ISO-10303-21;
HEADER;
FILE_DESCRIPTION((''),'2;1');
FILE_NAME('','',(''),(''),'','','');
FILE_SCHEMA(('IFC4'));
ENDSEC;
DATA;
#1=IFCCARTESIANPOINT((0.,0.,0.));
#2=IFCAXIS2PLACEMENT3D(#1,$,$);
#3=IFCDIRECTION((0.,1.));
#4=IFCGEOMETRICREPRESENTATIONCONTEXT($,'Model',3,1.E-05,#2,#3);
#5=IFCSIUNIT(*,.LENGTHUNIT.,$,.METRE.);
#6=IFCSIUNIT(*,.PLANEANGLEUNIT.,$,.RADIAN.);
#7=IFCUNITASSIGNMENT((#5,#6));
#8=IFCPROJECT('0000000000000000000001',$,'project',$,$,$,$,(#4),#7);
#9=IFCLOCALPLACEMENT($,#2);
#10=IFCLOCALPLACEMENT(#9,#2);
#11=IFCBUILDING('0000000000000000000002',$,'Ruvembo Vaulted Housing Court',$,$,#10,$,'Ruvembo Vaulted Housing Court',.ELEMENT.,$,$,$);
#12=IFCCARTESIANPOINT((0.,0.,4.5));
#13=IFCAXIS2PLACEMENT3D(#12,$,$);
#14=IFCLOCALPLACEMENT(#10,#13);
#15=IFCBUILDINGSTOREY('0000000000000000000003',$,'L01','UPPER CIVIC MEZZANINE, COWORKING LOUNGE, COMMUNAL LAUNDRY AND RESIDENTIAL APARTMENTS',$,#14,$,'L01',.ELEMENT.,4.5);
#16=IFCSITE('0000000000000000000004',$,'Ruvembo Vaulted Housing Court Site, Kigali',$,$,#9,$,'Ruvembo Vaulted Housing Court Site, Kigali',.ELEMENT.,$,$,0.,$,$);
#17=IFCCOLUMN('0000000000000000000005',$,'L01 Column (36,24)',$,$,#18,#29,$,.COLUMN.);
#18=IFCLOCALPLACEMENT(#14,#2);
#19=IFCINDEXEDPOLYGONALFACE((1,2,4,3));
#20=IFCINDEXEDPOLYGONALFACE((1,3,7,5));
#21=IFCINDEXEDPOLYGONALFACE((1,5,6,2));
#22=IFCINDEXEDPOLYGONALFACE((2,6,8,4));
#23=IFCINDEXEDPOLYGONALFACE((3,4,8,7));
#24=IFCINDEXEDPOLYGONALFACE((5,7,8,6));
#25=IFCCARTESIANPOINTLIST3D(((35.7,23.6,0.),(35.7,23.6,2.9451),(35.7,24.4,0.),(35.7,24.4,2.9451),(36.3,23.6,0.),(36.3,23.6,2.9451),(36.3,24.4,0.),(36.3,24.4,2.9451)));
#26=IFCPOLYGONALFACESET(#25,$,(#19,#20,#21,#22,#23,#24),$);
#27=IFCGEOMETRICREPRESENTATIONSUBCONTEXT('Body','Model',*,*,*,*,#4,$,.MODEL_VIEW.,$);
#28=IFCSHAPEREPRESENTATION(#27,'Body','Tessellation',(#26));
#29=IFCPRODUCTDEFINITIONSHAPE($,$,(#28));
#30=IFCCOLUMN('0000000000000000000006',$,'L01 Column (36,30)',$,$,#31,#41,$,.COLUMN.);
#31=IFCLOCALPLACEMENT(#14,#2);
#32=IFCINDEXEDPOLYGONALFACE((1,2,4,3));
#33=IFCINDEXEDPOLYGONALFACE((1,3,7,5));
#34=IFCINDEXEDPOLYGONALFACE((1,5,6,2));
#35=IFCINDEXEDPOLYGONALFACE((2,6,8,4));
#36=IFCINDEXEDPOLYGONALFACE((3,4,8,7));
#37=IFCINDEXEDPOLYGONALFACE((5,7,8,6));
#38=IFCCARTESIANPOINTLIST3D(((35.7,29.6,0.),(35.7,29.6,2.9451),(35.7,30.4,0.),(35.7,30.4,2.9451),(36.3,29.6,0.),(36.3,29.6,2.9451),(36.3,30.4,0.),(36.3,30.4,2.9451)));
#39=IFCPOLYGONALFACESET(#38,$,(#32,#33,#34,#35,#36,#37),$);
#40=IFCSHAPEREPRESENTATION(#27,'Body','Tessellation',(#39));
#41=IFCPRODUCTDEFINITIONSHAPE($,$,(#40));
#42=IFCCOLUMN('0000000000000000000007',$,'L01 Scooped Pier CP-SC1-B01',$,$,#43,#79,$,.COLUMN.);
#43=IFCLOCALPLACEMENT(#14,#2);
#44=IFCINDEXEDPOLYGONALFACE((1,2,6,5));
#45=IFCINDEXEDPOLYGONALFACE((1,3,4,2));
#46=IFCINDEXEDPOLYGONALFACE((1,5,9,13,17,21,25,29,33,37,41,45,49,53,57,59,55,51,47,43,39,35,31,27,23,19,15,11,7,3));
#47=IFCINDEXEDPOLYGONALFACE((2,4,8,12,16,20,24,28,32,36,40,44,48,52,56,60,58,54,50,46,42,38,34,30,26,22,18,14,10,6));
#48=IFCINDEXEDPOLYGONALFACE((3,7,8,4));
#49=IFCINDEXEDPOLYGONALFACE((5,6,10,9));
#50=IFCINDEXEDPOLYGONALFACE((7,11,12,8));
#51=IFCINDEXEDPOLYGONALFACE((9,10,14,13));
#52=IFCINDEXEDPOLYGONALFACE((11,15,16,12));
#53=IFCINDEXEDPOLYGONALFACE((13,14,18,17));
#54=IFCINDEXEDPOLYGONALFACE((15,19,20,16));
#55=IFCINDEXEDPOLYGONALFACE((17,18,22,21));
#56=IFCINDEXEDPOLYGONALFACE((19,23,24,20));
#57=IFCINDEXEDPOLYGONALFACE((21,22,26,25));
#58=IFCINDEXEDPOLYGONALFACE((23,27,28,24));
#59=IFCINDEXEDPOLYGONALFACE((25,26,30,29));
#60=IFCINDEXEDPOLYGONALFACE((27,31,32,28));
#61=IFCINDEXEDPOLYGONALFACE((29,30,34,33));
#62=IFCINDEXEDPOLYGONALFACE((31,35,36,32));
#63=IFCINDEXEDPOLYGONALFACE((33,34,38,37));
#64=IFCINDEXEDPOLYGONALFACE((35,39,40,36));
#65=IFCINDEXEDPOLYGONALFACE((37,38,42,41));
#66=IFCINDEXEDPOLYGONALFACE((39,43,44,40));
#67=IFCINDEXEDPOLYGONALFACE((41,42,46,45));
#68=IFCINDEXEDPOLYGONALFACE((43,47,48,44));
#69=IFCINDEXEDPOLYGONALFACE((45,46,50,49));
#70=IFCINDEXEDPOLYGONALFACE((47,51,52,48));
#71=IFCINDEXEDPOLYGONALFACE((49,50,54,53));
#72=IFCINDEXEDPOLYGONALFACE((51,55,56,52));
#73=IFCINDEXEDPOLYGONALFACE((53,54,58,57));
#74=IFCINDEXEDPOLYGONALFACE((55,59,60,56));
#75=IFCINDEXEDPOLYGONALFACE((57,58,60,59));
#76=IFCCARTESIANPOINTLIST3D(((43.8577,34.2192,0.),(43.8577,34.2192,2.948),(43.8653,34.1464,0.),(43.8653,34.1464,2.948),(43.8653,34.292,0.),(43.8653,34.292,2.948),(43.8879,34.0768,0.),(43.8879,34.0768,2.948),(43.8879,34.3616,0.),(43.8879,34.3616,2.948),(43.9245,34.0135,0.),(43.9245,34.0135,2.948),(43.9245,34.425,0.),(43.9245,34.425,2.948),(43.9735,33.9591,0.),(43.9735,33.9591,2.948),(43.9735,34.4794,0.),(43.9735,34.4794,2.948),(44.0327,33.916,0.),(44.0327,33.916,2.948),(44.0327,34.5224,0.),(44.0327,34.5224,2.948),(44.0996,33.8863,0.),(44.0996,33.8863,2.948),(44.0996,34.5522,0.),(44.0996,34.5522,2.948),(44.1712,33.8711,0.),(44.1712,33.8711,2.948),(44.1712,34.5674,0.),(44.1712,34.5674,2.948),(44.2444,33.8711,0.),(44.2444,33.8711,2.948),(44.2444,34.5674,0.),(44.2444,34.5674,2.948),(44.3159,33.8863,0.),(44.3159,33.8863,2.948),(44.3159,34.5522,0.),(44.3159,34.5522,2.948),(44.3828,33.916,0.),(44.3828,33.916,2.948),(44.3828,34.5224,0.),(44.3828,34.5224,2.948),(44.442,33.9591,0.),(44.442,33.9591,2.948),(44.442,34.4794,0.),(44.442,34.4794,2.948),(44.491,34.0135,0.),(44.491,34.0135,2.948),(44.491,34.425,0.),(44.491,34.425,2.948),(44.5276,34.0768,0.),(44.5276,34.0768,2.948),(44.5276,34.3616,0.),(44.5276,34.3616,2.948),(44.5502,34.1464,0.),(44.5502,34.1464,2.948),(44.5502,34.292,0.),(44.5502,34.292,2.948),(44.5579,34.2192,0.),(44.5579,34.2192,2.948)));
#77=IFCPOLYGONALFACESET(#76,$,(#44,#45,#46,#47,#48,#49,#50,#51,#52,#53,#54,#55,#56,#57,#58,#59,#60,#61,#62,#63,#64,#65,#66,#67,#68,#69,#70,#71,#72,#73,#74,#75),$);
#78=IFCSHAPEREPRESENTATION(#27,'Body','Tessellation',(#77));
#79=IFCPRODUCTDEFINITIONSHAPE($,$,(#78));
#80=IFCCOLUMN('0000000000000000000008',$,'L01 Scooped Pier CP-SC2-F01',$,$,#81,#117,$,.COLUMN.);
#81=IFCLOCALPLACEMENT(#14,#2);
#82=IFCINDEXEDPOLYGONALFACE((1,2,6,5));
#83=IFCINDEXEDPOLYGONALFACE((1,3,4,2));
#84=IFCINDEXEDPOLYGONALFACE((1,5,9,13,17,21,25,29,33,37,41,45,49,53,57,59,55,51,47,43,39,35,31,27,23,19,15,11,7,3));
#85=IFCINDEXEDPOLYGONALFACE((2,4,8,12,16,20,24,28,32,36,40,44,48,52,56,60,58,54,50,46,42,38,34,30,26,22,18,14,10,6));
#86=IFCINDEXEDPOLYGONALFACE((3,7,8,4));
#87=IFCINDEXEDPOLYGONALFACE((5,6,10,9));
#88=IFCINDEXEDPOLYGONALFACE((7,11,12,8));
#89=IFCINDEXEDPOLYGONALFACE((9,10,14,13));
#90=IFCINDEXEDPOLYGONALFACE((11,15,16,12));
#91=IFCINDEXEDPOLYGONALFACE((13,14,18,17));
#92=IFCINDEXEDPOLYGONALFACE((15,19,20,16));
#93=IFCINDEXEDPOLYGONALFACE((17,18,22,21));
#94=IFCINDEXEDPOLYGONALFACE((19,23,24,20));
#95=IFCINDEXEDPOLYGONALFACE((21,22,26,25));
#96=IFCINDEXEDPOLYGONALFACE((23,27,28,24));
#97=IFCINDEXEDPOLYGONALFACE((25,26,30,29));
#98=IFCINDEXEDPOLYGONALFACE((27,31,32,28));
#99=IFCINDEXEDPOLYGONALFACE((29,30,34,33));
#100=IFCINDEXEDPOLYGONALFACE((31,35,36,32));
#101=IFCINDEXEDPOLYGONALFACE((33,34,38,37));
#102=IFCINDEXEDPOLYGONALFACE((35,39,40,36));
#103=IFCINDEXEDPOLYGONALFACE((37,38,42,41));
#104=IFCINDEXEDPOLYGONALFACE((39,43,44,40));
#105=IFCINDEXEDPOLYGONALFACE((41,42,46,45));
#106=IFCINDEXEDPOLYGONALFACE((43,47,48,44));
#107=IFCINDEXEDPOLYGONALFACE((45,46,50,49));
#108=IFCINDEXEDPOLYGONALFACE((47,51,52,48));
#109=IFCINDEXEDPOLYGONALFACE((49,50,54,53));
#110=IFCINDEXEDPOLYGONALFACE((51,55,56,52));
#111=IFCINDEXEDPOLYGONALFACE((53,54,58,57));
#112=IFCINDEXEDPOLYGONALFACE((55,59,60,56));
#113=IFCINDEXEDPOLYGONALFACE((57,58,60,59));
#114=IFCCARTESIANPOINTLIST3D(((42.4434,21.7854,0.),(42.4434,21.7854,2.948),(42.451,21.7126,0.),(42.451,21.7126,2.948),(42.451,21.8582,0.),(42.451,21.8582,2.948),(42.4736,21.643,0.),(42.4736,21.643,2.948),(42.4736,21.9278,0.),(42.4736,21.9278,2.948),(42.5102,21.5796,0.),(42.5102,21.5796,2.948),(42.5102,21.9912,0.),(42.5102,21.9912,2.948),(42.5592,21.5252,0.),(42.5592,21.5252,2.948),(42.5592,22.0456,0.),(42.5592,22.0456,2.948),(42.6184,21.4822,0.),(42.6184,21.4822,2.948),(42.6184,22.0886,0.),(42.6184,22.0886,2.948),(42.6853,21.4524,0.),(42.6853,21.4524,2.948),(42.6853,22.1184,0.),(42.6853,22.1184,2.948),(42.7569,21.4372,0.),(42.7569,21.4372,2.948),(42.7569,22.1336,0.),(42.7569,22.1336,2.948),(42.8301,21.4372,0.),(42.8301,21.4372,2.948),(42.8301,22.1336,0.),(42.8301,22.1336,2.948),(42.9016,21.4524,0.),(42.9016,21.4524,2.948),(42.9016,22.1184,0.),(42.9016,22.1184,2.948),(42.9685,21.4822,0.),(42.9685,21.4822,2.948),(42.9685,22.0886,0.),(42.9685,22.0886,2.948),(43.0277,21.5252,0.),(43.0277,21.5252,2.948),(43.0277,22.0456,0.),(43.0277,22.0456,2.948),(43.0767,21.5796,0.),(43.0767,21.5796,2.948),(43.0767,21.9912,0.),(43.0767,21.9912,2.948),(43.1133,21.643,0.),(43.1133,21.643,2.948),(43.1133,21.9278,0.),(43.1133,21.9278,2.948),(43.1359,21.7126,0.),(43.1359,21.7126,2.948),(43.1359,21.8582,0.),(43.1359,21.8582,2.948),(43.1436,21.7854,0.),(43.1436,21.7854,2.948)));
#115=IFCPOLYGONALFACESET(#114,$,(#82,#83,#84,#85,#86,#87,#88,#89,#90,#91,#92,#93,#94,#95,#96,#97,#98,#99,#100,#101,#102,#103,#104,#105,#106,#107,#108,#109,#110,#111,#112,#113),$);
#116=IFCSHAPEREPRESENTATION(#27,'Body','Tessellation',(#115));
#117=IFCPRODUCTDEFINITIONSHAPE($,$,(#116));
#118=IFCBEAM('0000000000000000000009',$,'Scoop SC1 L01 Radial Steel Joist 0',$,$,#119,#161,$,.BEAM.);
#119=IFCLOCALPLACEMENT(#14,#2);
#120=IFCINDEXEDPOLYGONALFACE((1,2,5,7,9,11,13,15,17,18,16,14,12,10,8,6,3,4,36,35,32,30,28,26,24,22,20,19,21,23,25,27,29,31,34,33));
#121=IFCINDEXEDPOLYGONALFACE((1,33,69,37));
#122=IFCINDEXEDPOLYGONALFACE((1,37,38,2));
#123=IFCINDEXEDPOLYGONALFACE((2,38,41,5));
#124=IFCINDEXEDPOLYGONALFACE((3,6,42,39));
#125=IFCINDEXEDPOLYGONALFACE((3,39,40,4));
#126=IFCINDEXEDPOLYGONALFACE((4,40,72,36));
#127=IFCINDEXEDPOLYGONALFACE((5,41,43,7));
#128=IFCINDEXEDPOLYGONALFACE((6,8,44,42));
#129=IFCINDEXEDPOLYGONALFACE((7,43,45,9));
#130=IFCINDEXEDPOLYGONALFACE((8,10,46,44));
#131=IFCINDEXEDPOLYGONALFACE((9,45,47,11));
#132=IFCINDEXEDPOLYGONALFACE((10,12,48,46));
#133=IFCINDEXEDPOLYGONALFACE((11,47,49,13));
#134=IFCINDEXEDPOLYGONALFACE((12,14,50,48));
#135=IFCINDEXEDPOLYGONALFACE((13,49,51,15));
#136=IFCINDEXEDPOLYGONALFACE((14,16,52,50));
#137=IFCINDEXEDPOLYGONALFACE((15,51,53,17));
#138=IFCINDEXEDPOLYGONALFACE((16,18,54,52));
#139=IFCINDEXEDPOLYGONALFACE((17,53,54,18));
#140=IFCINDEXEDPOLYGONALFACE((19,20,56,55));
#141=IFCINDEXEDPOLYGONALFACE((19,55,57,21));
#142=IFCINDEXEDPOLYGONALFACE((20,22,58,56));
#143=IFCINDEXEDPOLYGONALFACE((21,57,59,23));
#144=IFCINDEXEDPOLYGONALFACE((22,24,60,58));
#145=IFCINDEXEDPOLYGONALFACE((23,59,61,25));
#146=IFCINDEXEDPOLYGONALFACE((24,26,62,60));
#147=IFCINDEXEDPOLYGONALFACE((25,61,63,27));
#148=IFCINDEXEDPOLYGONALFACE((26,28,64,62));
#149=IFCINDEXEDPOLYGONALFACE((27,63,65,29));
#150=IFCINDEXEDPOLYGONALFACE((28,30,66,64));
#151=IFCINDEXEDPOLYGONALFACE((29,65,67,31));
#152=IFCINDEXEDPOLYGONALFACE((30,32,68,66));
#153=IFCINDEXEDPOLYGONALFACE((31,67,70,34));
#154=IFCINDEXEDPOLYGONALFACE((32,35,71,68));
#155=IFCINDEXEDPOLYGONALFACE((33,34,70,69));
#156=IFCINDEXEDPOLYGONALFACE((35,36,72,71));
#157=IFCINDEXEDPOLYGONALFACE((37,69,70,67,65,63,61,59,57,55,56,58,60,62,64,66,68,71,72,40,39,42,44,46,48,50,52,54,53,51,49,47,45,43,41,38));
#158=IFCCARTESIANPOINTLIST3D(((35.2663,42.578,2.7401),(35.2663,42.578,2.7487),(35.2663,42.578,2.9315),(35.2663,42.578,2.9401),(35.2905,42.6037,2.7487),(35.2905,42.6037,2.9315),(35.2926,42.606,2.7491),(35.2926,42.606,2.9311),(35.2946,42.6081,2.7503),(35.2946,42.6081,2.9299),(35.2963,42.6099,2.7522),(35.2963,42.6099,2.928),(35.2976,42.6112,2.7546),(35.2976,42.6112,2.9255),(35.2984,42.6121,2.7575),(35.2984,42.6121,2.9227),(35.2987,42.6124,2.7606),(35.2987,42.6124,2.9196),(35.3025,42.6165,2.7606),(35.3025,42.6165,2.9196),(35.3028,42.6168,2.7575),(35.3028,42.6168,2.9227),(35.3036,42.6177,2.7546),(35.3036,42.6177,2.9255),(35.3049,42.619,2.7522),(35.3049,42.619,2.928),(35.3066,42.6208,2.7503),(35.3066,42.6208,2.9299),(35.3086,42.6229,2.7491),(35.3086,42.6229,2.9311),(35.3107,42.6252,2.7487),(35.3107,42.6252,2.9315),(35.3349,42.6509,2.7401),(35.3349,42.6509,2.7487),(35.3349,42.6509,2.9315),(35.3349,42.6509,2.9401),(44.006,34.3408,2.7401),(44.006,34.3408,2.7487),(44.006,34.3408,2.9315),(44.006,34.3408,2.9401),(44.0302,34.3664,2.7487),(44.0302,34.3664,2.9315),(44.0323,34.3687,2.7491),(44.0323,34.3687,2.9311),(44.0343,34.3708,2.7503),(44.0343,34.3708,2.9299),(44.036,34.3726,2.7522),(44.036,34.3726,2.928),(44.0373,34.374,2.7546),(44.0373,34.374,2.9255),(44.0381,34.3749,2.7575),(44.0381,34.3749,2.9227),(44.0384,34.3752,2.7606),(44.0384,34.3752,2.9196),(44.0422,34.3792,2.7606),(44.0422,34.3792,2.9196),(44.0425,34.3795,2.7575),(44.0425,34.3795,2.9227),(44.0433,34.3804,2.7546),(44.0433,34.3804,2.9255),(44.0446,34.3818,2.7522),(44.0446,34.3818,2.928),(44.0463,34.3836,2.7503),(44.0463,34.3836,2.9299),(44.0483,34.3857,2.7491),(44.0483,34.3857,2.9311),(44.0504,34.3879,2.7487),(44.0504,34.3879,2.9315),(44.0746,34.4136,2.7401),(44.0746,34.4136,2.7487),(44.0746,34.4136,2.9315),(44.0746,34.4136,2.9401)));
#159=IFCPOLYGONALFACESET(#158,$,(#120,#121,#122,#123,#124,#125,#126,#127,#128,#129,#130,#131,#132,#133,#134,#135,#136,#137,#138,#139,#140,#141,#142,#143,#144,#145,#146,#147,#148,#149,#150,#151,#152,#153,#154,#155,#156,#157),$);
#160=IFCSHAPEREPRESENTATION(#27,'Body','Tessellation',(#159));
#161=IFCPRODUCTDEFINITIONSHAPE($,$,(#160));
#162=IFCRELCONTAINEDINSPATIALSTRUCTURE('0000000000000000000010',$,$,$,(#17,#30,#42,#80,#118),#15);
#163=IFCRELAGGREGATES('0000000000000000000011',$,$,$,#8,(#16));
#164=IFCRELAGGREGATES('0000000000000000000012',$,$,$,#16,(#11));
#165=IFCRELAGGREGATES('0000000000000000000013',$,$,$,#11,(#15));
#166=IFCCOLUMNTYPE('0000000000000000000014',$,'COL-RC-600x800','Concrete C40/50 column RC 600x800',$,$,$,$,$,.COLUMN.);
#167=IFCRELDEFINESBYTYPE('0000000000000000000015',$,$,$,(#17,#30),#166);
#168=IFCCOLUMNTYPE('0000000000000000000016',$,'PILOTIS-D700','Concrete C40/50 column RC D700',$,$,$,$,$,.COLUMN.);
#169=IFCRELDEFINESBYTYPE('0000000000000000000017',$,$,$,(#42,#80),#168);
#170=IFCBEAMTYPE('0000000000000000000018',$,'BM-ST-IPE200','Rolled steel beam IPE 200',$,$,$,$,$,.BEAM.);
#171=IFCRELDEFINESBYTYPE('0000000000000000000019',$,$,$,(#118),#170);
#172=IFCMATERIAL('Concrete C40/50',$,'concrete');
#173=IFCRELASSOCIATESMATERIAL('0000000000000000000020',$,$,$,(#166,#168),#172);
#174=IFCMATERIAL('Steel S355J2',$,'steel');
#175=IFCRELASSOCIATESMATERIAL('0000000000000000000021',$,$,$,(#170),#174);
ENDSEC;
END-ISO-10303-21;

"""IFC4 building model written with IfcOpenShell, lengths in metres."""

from ifc_helpers import new_model, si_unit, direction, frame, origin, origin_2d, place, context, subcontext, project, spatial, rectangle, circle, i_section, extrude, material, material_profile, profile_set, type_object, element, save


model = new_model("IFC4")

# Units and contexts
model_context = context("Model", 3, precision=1e-05, world=origin(), true_north=direction((0.0, 1.0)))
body_context = subcontext(model_context, "Body", "Model", "MODEL_VIEW")
ifc_project = project(units=[si_unit("LENGTHUNIT", "METRE"), si_unit("PLANEANGLEUNIT", "RADIAN")], contexts=[model_context])

# Site, building, storey
site_placement = place(None, origin())
site = spatial("IfcSite", under=ifc_project, at=site_placement, Name="Ruvembo Vaulted Housing Court Site, Kigali", LongName="Ruvembo Vaulted Housing Court Site, Kigali", CompositionType="ELEMENT", RefElevation=0.0)
building_placement = place(site_placement, origin())
building = spatial("IfcBuilding", under=site, at=building_placement, Name="Ruvembo Vaulted Housing Court", LongName="Ruvembo Vaulted Housing Court", CompositionType="ELEMENT")
storey_placement = place(building_placement, frame((0.0, 0.0, 4.5)))
storey = spatial("IfcBuildingStorey", under=building, at=storey_placement, Name="L01", Description="UPPER CIVIC MEZZANINE, COWORKING LOUNGE, COMMUNAL LAUNDRY AND RESIDENTIAL APARTMENTS", LongName="L01", CompositionType="ELEMENT", Elevation=4.5)

# Columns
ifc_material_1 = material(Name="Concrete C40/50", Category="concrete")
ifc_material_profile_1 = material_profile(ifc_material_1, rectangle(XDim=0.6001, YDim=0.8, at=origin_2d()), Name="RC 600x800")
ifc_profile_set_1 = profile_set([ifc_material_profile_1], Name="Concrete C40/50")
column_type_1 = type_object("IfcColumnType", Name="COL-RC-600x800", Description="Concrete C40/50 column RC 600x800", PredefinedType="COLUMN", material=ifc_profile_set_1)
for number, where, z_axis, x_axis, name in (
    (1, (36.0, 24.0, 0.0), (0.0, 0.0, 1.0), (1.0, 0.0, 0.0), "L01 Column (36,24)"),
    (2, (36.0, 30.0, 0.0), (0.0, 0.0, 1.0), (1.0, 0.0, 0.0), "L01 Column (36,30)"),
):
    element("IfcColumn", number, at=place(storey_placement, frame(where, z_axis=z_axis, x_axis=x_axis)), inside=storey, type_object=column_type_1, Name=name, PredefinedType="COLUMN", context=body_context, shape_type="SweptSolid", body=[
        extrude(rectangle(XDim=0.6001, YDim=0.8, at=origin_2d()), origin(), (0.0, 0.0, 1.0), 2.9451),
    ])
ifc_material_profile_2 = material_profile(ifc_material_1, circle(Radius=0.3501, at=origin_2d()), Name="RC D700")
ifc_profile_set_2 = profile_set([ifc_material_profile_2], Name="Concrete C40/50")
column_type_2 = type_object("IfcColumnType", Name="PILOTIS-D700", Description="Concrete C40/50 column RC D700", PredefinedType="COLUMN", material=ifc_profile_set_2)
for number, where, z_axis, x_axis, name in (
    (3, (44.2078, 34.2192, 0.0), (0.0, 0.0, 1.0), (1.0, 0.0, 0.0), "L01 Scooped Pier CP-SC1-B01"),
    (4, (42.7935, 21.7854, 0.0), (0.0, 0.0, 1.0), (1.0, 0.0, 0.0), "L01 Scooped Pier CP-SC2-F01"),
):
    element("IfcColumn", number, at=place(storey_placement, frame(where, z_axis=z_axis, x_axis=x_axis)), inside=storey, type_object=column_type_2, Name=name, PredefinedType="COLUMN", context=body_context, shape_type="SweptSolid", body=[
        extrude(circle(Radius=0.3501, at=origin_2d()), origin(), (0.0, 0.0, 1.0), 2.948),
    ])

# Beam
ifc_material_2 = material(Name="Steel S355J2", Category="steel")
ifc_material_profile_3 = material_profile(ifc_material_2, i_section(OverallWidth=0.1001, OverallDepth=0.2, WebThickness=0.0056, FlangeThickness=0.0085, FilletRadius=0.012, at=origin_2d()), Name="IPE 200")
ifc_profile_set_3 = profile_set([ifc_material_profile_3], Name="Steel S355J2")
beam_type_1 = type_object("IfcBeamType", Name="BM-ST-IPE200", Description="Rolled steel beam IPE 200", PredefinedType="BEAM", material=ifc_profile_set_3)
beam_1_placement = place(storey_placement, frame((44.0403, 34.3772, 2.8401), z_axis=(-0.727715, 0.685879, 0.0), x_axis=(-0.685879, -0.727715, 0.0)))
element("IfcBeam", 5, at=beam_1_placement, inside=storey, type_object=beam_type_1, Name="Scoop SC1 L01 Radial Steel Joist 0", PredefinedType="BEAM", context=body_context, shape_type="SweptSolid", body=[
    extrude(i_section(OverallWidth=0.1001, OverallDepth=0.2, WebThickness=0.0056, FlangeThickness=0.0085, FilletRadius=0.012, at=origin_2d()), origin(), (0.0, 0.0, 1.0), 12.0098),
])

save(model, "model.ifc")
